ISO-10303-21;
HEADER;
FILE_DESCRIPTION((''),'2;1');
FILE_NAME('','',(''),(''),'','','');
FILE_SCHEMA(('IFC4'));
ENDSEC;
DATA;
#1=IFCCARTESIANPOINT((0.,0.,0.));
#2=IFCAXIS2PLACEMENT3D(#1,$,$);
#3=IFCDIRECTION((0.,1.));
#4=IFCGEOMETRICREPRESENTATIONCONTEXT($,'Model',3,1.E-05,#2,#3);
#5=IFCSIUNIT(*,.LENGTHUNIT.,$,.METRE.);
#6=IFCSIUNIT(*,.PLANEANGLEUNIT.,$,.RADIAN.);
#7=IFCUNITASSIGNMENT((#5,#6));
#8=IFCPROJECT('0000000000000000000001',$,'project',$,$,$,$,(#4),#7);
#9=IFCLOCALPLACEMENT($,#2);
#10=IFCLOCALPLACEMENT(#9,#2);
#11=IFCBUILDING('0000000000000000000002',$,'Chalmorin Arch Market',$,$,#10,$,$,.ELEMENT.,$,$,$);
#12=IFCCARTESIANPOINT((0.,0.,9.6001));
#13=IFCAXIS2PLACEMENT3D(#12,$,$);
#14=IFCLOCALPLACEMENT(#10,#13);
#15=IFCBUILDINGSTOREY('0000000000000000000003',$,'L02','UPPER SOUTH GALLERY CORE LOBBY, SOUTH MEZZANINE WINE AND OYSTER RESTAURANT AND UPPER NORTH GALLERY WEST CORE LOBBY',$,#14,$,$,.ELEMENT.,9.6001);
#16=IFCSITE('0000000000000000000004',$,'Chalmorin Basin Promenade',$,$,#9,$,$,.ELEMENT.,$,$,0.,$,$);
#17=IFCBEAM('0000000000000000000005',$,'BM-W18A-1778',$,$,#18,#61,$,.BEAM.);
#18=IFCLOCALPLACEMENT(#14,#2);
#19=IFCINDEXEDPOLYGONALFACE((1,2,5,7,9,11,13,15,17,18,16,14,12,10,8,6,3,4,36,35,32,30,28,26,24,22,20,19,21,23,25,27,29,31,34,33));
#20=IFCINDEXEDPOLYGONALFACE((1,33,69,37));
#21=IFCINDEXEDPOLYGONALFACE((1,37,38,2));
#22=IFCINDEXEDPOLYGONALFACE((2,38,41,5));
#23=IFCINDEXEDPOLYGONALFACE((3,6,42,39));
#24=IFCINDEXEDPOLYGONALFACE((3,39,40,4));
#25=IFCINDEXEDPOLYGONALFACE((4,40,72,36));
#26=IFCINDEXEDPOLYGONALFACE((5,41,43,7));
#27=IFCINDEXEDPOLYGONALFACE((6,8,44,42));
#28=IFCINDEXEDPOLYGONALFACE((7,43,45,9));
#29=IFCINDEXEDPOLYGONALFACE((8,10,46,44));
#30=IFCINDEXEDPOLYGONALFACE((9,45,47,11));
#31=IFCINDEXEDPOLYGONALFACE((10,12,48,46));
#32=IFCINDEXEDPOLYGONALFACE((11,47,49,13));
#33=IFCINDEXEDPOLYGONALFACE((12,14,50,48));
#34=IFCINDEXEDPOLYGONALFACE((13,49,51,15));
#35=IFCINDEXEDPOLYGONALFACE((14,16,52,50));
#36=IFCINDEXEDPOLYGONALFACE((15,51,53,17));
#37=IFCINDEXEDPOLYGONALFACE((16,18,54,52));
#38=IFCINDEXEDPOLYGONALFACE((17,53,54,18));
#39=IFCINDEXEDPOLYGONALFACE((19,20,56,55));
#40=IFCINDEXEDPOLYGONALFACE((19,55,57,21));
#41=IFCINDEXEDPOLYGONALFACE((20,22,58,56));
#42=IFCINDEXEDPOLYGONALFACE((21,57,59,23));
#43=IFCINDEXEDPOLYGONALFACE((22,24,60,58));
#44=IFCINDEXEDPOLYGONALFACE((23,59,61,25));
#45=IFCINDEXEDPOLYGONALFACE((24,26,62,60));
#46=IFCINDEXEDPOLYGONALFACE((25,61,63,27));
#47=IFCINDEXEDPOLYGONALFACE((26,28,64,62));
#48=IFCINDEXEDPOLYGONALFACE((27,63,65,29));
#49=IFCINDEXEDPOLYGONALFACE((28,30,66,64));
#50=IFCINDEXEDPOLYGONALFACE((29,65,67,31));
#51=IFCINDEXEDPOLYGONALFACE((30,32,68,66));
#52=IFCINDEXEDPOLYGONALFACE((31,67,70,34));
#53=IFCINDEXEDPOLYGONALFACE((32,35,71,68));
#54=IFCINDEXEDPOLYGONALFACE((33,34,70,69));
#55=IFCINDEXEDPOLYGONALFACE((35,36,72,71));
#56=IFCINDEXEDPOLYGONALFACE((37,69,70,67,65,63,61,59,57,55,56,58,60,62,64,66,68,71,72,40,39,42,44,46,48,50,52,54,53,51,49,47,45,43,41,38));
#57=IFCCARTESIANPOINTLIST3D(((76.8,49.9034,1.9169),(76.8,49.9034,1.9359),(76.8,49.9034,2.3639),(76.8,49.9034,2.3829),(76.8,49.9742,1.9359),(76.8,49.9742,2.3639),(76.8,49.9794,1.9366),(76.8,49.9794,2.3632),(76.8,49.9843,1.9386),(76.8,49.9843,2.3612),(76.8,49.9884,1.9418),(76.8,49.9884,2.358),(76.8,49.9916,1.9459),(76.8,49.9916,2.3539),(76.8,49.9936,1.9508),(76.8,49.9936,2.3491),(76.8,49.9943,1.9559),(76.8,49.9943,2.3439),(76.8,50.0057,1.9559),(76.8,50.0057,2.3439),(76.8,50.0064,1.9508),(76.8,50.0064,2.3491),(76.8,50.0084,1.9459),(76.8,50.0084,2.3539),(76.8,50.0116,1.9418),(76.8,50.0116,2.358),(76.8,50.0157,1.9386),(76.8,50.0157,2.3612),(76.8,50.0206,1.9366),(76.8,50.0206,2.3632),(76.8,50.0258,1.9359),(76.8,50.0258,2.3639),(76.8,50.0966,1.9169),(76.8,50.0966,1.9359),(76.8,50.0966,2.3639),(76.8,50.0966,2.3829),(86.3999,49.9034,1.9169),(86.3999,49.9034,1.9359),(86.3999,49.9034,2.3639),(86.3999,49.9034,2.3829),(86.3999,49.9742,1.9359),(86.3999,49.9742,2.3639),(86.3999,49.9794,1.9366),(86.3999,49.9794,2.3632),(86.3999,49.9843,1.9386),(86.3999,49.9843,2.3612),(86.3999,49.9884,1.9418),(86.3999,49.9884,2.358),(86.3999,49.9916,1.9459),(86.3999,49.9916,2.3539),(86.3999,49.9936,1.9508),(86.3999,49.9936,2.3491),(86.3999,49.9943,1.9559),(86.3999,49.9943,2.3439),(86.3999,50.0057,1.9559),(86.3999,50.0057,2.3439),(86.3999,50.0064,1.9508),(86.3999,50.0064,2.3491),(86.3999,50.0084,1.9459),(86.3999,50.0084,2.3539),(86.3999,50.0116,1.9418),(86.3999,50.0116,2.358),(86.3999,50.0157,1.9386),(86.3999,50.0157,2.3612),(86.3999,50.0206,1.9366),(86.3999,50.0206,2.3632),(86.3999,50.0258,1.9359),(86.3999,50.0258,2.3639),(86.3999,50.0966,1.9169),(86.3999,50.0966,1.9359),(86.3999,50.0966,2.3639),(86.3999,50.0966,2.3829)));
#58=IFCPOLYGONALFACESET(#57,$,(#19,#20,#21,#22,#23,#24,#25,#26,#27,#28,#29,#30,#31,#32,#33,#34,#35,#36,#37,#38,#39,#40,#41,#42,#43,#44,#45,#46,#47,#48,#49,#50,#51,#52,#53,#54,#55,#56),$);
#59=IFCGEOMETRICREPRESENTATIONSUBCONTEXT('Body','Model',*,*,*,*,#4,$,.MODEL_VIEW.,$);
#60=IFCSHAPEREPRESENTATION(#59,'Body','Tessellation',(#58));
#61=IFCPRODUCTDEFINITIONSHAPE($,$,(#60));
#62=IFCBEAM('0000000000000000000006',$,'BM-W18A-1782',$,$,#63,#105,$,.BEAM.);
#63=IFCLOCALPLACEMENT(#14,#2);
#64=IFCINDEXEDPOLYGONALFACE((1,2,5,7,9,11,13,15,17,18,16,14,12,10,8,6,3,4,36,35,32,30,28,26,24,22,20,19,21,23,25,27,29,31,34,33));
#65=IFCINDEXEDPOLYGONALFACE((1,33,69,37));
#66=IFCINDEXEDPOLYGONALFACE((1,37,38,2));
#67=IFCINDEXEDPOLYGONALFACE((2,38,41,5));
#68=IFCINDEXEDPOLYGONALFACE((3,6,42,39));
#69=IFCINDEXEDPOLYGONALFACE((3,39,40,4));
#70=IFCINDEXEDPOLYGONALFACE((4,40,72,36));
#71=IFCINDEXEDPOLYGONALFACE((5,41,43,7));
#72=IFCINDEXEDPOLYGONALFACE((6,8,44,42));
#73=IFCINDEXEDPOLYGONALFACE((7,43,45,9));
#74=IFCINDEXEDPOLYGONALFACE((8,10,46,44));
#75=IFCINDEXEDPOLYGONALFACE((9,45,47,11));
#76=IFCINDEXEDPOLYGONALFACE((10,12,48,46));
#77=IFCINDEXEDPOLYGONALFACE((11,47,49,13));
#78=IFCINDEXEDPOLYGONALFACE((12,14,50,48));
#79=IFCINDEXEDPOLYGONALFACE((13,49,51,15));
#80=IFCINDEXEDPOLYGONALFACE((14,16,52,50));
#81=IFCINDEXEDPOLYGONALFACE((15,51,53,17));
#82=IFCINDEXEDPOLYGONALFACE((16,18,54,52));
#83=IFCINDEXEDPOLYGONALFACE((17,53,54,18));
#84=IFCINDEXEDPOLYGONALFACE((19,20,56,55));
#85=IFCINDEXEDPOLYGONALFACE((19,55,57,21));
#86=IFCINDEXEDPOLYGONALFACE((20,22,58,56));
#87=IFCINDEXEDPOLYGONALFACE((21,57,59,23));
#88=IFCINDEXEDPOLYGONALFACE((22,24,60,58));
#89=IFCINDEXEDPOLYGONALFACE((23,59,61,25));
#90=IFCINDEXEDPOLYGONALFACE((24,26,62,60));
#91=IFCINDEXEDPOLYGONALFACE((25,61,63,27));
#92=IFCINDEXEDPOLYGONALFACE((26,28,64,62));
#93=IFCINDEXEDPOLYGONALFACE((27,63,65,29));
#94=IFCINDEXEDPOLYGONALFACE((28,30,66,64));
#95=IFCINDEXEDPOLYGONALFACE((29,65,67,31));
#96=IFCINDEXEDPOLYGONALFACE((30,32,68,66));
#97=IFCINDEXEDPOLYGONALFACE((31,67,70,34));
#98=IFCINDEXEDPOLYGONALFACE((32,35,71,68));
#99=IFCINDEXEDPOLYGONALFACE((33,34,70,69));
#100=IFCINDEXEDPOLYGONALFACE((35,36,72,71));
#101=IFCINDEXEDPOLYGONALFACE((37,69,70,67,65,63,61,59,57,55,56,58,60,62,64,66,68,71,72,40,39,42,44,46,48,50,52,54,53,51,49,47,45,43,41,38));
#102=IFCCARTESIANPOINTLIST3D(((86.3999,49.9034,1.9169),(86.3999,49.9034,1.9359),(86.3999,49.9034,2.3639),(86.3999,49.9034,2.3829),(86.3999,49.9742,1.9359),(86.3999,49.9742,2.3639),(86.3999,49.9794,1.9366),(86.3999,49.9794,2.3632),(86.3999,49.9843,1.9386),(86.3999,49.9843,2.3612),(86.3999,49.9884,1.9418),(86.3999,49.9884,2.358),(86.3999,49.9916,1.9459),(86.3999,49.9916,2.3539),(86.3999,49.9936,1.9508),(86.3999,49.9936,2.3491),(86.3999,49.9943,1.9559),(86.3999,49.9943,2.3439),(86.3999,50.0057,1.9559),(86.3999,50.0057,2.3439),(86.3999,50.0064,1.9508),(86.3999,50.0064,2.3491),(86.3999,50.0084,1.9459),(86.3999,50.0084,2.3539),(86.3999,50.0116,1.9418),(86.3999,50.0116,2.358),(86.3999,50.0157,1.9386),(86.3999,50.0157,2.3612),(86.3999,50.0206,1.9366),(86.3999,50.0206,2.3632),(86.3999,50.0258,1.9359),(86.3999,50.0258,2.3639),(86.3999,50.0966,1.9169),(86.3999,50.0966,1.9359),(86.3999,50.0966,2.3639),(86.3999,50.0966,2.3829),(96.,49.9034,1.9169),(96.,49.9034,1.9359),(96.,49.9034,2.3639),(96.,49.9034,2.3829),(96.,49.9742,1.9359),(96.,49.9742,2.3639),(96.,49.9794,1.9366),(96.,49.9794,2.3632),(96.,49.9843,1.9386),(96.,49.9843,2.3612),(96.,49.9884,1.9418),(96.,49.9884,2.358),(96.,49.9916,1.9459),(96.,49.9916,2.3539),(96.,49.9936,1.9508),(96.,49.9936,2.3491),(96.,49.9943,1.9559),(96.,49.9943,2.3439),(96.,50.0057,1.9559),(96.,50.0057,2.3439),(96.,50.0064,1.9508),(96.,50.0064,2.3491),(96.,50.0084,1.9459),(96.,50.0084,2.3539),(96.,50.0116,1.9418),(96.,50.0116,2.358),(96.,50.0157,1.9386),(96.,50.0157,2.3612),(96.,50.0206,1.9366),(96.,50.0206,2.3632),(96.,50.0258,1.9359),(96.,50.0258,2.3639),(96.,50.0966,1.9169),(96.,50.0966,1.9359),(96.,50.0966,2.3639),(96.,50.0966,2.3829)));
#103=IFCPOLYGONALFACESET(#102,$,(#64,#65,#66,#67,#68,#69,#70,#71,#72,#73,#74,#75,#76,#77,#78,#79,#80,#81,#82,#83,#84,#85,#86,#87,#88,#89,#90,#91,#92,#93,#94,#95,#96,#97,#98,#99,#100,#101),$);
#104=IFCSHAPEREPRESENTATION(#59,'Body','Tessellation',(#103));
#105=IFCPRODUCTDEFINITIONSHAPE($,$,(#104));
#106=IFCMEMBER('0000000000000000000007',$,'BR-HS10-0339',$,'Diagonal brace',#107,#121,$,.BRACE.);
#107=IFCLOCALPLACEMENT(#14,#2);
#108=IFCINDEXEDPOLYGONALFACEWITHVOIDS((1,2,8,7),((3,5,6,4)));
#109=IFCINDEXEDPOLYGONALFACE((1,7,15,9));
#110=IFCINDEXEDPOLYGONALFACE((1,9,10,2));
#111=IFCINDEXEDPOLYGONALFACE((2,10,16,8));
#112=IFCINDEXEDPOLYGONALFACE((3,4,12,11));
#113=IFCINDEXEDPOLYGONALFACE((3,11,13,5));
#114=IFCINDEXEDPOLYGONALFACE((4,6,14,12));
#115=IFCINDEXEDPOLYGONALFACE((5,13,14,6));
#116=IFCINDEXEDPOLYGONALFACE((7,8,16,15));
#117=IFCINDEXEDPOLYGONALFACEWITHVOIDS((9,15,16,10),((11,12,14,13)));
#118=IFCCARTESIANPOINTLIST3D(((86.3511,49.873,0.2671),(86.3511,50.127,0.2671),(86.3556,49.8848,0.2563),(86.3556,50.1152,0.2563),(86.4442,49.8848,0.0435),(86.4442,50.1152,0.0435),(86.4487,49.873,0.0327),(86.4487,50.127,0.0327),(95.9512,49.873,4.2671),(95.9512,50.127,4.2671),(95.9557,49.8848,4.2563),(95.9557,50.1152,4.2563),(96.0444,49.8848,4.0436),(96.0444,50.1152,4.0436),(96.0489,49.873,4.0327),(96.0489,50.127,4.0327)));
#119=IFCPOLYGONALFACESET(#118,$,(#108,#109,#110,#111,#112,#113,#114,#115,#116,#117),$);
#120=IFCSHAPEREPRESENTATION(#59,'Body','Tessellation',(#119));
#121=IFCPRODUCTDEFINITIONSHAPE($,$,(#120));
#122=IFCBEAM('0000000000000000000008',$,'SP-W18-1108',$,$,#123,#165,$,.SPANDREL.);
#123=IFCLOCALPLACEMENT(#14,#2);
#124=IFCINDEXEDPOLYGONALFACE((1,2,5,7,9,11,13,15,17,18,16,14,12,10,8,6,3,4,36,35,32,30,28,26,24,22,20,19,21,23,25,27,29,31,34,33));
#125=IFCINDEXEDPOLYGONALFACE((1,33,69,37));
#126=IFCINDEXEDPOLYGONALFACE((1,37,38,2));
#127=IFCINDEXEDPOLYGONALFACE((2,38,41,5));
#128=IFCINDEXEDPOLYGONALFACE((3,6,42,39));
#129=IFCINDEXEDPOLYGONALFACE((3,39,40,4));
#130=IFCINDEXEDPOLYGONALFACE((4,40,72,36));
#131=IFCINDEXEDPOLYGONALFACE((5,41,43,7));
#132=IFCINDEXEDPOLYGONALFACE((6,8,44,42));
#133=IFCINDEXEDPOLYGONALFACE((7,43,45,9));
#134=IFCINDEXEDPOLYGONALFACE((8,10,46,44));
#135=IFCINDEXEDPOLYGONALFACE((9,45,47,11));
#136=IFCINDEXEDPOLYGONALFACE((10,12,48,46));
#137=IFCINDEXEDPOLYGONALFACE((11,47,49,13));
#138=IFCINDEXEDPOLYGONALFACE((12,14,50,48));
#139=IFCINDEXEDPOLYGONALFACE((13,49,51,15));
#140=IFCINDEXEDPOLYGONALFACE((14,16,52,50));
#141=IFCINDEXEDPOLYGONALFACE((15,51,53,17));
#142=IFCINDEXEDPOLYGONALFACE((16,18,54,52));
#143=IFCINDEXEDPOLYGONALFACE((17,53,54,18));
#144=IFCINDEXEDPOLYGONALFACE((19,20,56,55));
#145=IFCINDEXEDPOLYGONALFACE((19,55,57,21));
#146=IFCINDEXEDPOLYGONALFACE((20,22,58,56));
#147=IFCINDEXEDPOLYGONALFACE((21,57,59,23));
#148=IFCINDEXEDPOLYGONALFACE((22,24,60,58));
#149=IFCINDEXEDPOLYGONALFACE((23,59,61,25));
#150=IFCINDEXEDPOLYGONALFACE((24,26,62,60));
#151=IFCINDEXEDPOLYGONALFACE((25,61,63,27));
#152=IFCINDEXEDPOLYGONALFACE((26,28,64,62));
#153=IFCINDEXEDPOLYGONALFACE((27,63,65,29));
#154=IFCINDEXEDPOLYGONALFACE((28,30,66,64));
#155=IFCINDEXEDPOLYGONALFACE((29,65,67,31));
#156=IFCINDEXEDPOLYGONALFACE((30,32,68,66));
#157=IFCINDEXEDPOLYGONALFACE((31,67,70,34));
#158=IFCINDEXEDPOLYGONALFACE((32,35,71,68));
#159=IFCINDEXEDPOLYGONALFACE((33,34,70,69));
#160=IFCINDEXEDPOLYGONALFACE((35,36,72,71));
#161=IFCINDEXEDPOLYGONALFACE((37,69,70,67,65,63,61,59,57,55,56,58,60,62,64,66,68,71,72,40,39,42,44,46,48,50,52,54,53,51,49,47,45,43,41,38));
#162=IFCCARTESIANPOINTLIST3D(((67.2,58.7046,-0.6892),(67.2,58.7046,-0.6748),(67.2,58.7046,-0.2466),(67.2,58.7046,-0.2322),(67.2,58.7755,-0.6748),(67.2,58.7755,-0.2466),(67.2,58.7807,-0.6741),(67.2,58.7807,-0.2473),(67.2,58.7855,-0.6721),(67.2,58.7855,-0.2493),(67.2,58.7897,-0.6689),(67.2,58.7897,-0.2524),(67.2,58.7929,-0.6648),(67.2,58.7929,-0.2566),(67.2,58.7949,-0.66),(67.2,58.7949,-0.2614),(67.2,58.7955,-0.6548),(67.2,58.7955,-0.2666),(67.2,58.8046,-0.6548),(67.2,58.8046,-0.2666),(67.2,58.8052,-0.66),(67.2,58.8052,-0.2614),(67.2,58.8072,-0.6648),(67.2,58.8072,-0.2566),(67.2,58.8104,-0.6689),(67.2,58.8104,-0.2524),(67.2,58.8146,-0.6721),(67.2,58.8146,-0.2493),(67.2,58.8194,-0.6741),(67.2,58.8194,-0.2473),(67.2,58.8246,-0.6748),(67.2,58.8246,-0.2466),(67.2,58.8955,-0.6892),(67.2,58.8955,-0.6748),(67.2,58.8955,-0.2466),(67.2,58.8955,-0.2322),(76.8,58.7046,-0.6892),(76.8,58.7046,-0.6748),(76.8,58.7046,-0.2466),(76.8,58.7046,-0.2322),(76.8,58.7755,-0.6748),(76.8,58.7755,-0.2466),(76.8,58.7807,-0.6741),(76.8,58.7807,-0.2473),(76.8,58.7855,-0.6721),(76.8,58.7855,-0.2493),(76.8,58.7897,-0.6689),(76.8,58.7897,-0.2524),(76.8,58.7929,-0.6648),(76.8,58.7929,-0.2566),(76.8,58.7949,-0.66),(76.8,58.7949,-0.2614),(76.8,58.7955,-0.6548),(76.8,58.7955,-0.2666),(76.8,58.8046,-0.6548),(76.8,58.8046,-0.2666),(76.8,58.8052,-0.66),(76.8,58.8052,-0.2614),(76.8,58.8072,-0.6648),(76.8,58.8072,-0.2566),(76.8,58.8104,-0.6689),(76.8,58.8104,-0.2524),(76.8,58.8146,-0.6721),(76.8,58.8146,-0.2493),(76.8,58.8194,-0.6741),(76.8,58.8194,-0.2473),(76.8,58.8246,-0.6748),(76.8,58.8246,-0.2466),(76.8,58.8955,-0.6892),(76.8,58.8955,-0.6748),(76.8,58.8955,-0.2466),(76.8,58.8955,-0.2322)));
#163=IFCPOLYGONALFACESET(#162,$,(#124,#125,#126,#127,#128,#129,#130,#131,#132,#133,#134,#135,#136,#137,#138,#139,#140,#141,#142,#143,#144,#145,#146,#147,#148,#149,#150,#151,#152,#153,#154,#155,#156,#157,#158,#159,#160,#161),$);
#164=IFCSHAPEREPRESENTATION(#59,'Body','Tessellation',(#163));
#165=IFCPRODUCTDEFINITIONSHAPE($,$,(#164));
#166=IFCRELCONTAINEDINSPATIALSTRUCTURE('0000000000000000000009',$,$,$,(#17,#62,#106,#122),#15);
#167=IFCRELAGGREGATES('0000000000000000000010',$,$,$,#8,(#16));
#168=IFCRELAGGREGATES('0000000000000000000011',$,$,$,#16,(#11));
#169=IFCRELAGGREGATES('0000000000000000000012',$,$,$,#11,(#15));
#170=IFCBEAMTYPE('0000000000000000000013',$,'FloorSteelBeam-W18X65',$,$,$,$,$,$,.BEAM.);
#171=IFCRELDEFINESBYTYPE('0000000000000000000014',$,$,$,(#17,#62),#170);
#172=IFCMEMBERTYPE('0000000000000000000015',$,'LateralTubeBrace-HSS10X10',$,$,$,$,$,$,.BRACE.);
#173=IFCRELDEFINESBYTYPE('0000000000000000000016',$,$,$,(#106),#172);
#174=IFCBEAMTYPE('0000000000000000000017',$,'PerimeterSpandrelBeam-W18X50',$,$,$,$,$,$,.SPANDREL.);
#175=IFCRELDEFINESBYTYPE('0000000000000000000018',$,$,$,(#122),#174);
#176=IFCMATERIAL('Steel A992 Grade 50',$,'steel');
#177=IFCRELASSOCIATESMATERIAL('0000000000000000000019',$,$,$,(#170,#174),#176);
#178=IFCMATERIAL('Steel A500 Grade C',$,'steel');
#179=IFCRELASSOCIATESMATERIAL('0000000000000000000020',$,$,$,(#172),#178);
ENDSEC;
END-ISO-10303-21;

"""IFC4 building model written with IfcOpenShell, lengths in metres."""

from ifc_helpers import new_model, si_unit, direction, frame, origin, origin_2d, place, context, subcontext, project, spatial, hollow_rectangle, i_section, extrude, material, material_profile, profile_set, type_object, element, save


model = new_model("IFC4")

# Units and contexts
model_context = context("Model", 3, precision=1e-05, world=origin(), true_north=direction((0.0, 1.0)))
body_context = subcontext(model_context, "Body", "Model", "MODEL_VIEW")
ifc_project = project(units=[si_unit("LENGTHUNIT", "METRE"), si_unit("PLANEANGLEUNIT", "RADIAN")], contexts=[model_context])

# Site, building, storey
site_placement = place(None, origin())
site = spatial("IfcSite", under=ifc_project, at=site_placement, Name="Chalmorin Basin Promenade", CompositionType="ELEMENT", RefElevation=0.0)
building_placement = place(site_placement, origin())
building = spatial("IfcBuilding", under=site, at=building_placement, Name="Chalmorin Arch Market", CompositionType="ELEMENT")
storey_placement = place(building_placement, frame((0.0, 0.0, 9.6001)))
storey = spatial("IfcBuildingStorey", under=building, at=storey_placement, Name="L02", Description="UPPER SOUTH GALLERY CORE LOBBY, SOUTH MEZZANINE WINE AND OYSTER RESTAURANT AND UPPER NORTH GALLERY WEST CORE LOBBY", CompositionType="ELEMENT", Elevation=9.6001)

# Beams
ifc_material_1 = material(Name="Steel A992 Grade 50", Category="steel")
ifc_material_profile_1 = material_profile(ifc_material_1, i_section(OverallWidth=0.1931, OverallDepth=0.4661, WebThickness=0.0115, FlangeThickness=0.019, FilletRadius=0.02, at=origin_2d()), Name="W18X65")
ifc_profile_set_1 = profile_set([ifc_material_profile_1], Name="Steel A992 Grade 50")
beam_type_1 = type_object("IfcBeamType", Name="FloorSteelBeam-W18X65", PredefinedType="BEAM", material=ifc_profile_set_1)
beam_1_placement = place(storey_placement, frame((76.8, 50.0, 2.1499), z_axis=(1.0, 0.0, 0.0), x_axis=(0.0, 1.0, 0.0)))
element("IfcBeam", 1, at=beam_1_placement, inside=storey, type_object=beam_type_1, Name="BM-W18A-1778", PredefinedType="BEAM", context=body_context, shape_type="SweptSolid", body=[
    extrude(i_section(OverallWidth=0.1931, OverallDepth=0.4661, WebThickness=0.0115, FlangeThickness=0.019, FilletRadius=0.02, at=origin_2d()), origin(), (0.0, 0.0, 1.0), 9.5999),
])
beam_2_placement = place(storey_placement, frame((86.3999, 50.0, 2.1499), z_axis=(1.0, 0.0, 0.0), x_axis=(0.0, 1.0, 0.0)))
element("IfcBeam", 2, at=beam_2_placement, inside=storey, type_object=beam_type_1, Name="BM-W18A-1782", PredefinedType="BEAM", context=body_context, shape_type="SweptSolid", body=[
    extrude(i_section(OverallWidth=0.1931, OverallDepth=0.4661, WebThickness=0.0115, FlangeThickness=0.019, FilletRadius=0.02, at=origin_2d()), origin(), (0.0, 0.0, 1.0), 9.6001),
])

# Member
ifc_material_2 = material(Name="Steel A500 Grade C", Category="steel")
ifc_material_profile_2 = material_profile(ifc_material_2, hollow_rectangle(XDim=0.2539, YDim=0.2539, WallThickness=0.0117, at=origin_2d()), Name="HSS10X10X1/2")
ifc_profile_set_2 = profile_set([ifc_material_profile_2], Name="Steel A500 Grade C")
member_type = type_object("IfcMemberType", Name="LateralTubeBrace-HSS10X10", PredefinedType="BRACE", material=ifc_profile_set_2)
member_placement = place(storey_placement, frame((86.3999, 50.0, 0.1499), z_axis=(0.923078, 0.0, 0.384612), x_axis=(0.0, 1.0, 0.0)))
element("IfcMember", 3, at=member_placement, inside=storey, type_object=member_type, Name="BR-HS10-0339", ObjectType="Diagonal brace", PredefinedType="BRACE", context=body_context, shape_type="SweptSolid", body=[
    extrude(hollow_rectangle(XDim=0.2539, YDim=0.2539, WallThickness=0.0117, at=origin_2d()), origin(), (0.0, 0.0, 1.0), 10.4001),
])

# Beam
ifc_material_profile_3 = material_profile(ifc_material_1, i_section(OverallWidth=0.1909, OverallDepth=0.457, WebThickness=0.009, FlangeThickness=0.0144, FilletRadius=0.02, at=origin_2d()), Name="W18X50")
ifc_profile_set_3 = profile_set([ifc_material_profile_3], Name="Steel A992 Grade 50")
beam_type_2 = type_object("IfcBeamType", Name="PerimeterSpandrelBeam-W18X50", PredefinedType="SPANDREL", material=ifc_profile_set_3)
for number, where, z_axis, x_axis, name in (
    (4, (67.2, 58.8, -0.4607), (1.0, 0.0, 0.0), (0.0, 1.0, 0.0), "SP-W18-1108"),
):
    element("IfcBeam", number, at=place(storey_placement, frame(where, z_axis=z_axis, x_axis=x_axis)), inside=storey, type_object=beam_type_2, Name=name, PredefinedType="SPANDREL", context=body_context, shape_type="SweptSolid", body=[
        extrude(i_section(OverallWidth=0.1909, OverallDepth=0.457, WebThickness=0.009, FlangeThickness=0.0144, FilletRadius=0.02, at=origin_2d()), origin(), (0.0, 0.0, 1.0), 9.6001),
    ])

save(model, "model.ifc")
